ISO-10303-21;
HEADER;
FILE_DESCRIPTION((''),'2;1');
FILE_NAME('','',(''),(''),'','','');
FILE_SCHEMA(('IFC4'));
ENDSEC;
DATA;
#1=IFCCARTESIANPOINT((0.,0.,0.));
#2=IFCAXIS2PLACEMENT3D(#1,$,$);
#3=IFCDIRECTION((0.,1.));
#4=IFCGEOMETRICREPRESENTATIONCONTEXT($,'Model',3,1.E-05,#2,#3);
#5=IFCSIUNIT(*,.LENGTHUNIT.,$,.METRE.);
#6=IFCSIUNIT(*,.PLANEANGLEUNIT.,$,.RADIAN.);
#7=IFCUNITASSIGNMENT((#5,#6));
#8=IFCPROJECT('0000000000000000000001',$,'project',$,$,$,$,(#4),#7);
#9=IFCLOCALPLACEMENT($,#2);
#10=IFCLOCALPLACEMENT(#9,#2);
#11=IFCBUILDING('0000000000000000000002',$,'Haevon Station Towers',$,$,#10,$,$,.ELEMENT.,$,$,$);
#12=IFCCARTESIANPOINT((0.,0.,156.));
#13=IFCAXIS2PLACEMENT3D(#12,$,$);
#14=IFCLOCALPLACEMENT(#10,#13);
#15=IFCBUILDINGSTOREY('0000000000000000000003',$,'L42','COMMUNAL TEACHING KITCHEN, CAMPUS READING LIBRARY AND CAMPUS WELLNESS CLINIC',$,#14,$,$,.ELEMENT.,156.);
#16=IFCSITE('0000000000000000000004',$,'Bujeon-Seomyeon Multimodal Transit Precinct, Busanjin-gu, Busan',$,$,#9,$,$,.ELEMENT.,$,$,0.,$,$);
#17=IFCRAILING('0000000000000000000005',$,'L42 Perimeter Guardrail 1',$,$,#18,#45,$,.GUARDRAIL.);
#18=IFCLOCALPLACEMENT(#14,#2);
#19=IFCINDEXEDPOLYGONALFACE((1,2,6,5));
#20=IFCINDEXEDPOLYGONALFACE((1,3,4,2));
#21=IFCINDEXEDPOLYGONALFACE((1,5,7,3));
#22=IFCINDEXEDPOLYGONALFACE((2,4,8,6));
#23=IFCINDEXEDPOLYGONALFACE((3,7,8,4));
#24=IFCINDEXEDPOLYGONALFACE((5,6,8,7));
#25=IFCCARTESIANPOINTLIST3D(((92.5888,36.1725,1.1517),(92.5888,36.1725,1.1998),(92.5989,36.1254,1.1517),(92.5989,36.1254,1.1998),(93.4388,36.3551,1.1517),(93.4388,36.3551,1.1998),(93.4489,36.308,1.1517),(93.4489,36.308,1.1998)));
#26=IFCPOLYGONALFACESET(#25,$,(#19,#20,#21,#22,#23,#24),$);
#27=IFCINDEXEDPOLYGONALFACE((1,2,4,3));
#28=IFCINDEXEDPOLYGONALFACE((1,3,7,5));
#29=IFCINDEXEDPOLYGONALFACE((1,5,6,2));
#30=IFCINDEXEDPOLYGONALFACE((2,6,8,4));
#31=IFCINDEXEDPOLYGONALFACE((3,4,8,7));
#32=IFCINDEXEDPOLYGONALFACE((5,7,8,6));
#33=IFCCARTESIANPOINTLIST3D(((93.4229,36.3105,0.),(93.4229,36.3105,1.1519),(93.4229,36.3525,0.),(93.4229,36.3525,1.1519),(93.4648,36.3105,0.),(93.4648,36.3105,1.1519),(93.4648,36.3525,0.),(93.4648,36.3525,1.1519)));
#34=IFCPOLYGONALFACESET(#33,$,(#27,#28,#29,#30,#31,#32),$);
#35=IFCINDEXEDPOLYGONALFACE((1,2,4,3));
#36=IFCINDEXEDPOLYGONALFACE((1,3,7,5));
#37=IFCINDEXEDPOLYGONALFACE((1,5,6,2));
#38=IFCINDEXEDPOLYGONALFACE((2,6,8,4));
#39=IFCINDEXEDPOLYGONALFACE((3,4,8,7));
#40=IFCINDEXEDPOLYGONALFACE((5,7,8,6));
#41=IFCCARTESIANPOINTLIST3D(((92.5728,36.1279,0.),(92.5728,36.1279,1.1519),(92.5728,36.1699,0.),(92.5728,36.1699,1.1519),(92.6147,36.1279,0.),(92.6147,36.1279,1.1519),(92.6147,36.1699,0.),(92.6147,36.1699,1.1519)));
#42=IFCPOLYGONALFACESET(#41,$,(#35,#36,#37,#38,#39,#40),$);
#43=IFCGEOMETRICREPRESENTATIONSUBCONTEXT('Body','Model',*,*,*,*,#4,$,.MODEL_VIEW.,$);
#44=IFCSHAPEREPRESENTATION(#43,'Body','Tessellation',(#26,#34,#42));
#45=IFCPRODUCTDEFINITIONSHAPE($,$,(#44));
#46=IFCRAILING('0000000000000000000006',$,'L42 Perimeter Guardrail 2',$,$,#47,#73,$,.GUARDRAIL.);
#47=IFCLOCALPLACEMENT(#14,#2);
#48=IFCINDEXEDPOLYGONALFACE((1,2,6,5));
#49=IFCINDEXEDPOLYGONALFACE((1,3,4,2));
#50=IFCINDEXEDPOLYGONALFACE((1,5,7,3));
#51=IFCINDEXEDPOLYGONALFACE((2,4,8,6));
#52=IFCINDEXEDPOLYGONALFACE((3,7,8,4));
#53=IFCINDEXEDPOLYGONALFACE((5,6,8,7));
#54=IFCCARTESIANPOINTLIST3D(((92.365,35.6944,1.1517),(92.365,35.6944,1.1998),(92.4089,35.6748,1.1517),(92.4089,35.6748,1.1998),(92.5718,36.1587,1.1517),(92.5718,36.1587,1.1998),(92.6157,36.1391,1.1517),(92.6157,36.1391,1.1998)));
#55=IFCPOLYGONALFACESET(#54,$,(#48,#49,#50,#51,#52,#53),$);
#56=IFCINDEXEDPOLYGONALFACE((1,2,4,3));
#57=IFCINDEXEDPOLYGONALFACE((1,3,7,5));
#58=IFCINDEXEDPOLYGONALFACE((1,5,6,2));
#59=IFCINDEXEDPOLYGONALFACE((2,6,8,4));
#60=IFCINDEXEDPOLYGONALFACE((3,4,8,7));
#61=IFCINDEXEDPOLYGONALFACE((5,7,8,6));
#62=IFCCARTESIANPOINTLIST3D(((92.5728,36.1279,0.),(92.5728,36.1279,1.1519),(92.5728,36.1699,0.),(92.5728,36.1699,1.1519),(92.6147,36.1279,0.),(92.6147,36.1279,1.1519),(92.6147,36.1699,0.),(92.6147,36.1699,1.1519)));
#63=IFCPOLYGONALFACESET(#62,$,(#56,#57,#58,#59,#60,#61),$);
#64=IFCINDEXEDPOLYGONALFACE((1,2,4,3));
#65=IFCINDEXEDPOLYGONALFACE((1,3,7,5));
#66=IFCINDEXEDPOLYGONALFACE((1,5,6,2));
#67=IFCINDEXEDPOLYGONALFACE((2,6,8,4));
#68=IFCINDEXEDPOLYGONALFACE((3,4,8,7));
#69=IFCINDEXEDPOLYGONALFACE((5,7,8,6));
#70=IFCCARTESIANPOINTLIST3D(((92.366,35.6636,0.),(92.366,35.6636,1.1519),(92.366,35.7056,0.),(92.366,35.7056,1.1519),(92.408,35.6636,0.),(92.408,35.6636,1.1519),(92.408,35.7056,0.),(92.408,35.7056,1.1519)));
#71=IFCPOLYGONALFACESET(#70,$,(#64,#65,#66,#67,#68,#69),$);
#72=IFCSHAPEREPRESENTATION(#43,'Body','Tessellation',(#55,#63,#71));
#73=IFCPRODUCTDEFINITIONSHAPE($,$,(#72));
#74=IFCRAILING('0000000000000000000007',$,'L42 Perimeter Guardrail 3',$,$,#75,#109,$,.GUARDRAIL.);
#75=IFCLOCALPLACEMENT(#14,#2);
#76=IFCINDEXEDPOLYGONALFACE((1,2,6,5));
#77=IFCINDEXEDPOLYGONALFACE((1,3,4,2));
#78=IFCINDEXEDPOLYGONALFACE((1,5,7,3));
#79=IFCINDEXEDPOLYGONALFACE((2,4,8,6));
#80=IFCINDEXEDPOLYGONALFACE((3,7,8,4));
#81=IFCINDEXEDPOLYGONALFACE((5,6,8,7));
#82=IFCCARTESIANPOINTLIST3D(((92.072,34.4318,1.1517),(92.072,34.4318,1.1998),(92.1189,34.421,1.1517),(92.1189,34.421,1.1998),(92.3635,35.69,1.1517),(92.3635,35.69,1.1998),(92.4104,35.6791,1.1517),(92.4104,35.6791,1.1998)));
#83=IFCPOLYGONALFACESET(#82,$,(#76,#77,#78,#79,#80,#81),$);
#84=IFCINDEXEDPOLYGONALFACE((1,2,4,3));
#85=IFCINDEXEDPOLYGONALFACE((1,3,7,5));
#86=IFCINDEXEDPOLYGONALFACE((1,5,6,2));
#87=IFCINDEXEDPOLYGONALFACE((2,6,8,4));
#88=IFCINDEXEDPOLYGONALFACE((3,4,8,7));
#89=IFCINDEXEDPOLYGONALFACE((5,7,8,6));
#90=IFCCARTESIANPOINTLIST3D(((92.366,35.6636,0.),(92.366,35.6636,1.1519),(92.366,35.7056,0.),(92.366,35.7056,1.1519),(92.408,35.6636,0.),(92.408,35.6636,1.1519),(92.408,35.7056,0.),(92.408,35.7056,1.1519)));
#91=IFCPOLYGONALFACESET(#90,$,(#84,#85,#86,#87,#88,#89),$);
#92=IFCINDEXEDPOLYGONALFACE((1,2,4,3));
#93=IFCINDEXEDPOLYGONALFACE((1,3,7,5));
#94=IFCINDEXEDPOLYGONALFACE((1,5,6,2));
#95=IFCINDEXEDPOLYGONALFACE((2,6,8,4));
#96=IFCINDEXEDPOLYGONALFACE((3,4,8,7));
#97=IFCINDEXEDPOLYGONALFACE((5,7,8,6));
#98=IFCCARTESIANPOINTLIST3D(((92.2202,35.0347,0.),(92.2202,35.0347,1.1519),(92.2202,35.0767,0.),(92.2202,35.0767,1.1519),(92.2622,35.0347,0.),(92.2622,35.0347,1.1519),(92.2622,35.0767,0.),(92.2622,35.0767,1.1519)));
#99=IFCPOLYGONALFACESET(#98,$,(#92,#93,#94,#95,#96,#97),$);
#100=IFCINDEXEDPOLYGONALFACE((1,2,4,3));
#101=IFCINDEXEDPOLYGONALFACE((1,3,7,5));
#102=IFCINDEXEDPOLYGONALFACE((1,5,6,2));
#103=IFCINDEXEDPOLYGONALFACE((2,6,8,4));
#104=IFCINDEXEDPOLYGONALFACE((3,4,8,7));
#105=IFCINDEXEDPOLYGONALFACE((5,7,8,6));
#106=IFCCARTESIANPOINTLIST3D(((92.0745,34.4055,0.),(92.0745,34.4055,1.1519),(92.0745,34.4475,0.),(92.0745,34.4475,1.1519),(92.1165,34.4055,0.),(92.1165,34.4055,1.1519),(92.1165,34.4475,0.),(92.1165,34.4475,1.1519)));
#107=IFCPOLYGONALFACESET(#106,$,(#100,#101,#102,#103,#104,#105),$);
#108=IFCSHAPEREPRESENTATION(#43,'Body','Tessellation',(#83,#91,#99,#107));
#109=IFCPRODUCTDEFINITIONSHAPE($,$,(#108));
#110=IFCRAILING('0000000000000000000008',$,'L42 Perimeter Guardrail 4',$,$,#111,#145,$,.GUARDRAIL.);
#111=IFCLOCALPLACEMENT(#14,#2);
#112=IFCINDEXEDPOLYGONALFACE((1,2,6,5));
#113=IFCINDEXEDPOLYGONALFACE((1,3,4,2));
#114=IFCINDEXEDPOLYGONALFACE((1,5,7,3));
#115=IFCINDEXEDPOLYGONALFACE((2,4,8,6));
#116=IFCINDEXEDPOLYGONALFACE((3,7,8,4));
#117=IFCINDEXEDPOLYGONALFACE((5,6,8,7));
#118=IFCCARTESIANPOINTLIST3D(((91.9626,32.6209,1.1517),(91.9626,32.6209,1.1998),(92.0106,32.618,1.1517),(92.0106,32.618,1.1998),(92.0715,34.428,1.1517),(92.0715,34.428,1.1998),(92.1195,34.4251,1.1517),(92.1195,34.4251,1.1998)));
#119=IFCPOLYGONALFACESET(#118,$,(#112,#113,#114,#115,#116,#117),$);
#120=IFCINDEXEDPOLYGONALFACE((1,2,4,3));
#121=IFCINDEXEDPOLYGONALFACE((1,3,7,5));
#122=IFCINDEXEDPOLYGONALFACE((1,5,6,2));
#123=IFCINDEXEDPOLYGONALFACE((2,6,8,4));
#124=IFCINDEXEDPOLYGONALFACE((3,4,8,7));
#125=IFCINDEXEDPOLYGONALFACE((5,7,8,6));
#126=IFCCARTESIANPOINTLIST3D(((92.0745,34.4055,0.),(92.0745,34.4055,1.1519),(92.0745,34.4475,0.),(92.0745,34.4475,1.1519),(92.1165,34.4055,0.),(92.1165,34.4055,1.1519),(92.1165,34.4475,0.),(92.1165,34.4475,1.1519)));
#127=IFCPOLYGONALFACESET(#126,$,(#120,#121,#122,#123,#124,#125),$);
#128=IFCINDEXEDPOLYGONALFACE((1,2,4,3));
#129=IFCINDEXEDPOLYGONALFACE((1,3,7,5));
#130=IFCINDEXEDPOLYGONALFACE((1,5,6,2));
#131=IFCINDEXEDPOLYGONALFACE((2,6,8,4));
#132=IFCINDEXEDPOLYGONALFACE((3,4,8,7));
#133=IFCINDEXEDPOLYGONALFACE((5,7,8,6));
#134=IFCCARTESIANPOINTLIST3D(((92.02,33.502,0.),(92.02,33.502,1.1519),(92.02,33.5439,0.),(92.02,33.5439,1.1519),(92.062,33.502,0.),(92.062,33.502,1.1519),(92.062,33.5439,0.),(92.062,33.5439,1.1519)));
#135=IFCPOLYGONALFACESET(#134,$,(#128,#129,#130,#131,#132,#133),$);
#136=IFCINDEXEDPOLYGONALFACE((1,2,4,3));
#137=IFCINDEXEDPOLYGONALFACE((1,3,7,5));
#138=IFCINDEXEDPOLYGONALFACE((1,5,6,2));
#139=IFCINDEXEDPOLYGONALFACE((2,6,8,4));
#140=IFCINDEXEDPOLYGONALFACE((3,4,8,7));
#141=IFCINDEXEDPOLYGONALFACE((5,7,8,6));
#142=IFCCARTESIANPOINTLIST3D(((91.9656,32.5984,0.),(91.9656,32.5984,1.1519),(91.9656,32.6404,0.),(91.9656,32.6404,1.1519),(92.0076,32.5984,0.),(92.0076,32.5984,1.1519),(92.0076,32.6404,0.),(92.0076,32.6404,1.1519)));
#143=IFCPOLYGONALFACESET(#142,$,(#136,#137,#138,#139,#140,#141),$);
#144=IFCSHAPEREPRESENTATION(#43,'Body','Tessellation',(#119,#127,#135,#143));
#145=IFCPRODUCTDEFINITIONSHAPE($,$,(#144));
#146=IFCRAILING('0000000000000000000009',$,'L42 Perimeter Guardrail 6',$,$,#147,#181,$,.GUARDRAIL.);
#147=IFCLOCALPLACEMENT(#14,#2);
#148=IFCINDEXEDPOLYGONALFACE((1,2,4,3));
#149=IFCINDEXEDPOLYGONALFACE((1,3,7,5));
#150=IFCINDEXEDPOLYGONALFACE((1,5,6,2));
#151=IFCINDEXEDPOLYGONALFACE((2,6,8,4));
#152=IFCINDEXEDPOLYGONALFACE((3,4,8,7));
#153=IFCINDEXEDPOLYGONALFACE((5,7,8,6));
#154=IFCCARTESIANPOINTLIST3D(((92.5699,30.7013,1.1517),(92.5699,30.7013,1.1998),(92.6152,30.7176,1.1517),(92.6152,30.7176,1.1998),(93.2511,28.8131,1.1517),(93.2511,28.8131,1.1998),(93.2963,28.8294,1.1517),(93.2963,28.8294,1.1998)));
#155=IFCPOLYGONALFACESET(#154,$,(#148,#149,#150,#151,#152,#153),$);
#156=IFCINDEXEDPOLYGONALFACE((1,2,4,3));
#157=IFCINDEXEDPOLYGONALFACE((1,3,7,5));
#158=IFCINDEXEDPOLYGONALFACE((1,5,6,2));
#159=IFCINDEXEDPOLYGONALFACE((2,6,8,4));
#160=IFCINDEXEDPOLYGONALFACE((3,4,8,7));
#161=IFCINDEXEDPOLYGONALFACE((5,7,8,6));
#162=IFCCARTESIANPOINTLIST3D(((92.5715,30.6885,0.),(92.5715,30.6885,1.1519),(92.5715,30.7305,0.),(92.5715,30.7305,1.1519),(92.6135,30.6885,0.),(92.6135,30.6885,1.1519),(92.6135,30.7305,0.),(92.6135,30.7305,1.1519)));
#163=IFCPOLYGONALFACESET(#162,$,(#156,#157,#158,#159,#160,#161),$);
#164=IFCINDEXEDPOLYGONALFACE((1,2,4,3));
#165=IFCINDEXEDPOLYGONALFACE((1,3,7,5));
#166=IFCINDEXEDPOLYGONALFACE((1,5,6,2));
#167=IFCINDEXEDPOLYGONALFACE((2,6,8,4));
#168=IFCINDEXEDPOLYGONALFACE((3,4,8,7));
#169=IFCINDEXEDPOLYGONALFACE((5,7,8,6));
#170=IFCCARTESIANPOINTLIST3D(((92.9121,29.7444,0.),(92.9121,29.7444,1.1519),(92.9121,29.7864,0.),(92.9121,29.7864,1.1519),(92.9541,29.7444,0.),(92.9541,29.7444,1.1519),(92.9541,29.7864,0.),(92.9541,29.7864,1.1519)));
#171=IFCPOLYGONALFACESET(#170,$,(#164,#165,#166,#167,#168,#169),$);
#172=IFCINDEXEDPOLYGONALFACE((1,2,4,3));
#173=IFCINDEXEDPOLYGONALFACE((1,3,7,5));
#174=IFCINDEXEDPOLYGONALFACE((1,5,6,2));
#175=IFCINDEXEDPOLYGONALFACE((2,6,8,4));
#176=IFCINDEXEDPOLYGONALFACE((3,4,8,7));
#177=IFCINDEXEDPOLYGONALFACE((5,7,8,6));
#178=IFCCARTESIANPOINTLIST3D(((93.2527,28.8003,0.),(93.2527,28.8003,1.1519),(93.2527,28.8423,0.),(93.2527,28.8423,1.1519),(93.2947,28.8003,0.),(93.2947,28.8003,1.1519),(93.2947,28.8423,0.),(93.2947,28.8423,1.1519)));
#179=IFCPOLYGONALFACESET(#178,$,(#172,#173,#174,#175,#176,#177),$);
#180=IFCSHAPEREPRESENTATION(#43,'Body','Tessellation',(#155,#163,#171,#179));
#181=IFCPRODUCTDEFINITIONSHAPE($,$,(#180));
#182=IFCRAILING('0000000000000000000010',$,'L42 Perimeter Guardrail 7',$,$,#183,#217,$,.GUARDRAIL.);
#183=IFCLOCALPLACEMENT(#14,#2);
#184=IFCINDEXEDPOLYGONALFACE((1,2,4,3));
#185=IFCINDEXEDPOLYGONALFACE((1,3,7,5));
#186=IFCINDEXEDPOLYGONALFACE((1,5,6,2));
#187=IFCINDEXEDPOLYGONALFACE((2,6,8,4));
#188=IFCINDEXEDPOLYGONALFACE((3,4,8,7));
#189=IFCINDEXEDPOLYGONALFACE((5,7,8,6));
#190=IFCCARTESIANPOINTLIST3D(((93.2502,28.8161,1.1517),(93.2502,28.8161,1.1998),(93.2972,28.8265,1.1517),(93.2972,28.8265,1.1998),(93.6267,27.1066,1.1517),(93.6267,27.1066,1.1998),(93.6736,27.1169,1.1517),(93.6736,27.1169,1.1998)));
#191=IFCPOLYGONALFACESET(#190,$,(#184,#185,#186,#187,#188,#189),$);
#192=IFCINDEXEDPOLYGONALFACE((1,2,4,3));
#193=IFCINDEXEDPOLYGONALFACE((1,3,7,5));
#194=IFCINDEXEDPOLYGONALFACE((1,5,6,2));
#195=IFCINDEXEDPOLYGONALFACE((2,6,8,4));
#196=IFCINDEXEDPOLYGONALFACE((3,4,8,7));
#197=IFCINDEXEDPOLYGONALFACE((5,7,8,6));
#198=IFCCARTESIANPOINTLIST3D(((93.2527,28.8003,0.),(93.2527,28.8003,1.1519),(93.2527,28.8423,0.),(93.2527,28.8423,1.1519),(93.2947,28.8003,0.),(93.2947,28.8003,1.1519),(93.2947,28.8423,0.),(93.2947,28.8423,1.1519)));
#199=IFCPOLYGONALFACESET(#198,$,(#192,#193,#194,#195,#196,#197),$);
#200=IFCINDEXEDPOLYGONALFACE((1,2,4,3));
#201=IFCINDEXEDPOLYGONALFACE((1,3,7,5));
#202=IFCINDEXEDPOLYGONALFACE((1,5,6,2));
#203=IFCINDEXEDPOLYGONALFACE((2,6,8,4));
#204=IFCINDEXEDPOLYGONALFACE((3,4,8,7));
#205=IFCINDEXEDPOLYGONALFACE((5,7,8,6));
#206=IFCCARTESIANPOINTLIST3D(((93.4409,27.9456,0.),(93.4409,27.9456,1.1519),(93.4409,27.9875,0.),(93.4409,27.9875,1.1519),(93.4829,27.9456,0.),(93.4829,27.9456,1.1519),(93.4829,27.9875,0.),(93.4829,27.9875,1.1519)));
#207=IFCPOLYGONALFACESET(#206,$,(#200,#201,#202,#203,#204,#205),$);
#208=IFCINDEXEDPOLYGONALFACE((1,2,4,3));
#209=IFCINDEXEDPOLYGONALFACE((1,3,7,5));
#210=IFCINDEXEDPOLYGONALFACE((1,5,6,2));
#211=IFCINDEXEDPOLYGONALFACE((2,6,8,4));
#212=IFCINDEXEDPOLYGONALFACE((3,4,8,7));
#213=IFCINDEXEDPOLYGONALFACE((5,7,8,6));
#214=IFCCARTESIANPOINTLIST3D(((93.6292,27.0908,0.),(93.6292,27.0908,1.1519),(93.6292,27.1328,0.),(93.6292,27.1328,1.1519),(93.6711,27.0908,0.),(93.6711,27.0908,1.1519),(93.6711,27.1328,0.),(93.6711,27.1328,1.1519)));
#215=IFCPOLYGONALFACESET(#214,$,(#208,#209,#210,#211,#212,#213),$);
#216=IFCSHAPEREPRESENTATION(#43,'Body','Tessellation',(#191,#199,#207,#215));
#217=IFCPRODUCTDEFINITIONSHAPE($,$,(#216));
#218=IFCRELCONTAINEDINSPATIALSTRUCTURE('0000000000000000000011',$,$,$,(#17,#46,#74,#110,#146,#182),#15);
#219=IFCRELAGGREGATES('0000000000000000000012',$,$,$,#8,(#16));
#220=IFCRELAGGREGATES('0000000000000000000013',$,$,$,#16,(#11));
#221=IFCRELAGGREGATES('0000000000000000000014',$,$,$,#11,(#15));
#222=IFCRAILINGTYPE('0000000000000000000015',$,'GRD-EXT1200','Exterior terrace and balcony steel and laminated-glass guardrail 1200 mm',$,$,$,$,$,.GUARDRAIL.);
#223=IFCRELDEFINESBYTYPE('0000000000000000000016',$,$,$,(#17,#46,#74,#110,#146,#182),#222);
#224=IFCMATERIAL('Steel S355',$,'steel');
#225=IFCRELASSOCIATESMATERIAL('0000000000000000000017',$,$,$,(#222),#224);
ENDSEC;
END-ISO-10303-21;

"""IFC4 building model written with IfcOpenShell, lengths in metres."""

from ifc_helpers import new_model, si_unit, direction, frame, origin, origin_2d, place, context, subcontext, project, spatial, rectangle, extrude, material, type_object, element, save


model = new_model("IFC4")

# Units and contexts
model_context = context("Model", 3, precision=1e-05, world=origin(), true_north=direction((0.0, 1.0)))
body_context = subcontext(model_context, "Body", "Model", "MODEL_VIEW")
ifc_project = project(units=[si_unit("LENGTHUNIT", "METRE"), si_unit("PLANEANGLEUNIT", "RADIAN")], contexts=[model_context])

# Site, building, storey
site_placement = place(None, origin())
site = spatial("IfcSite", under=ifc_project, at=site_placement, Name="Bujeon-Seomyeon Multimodal Transit Precinct, Busanjin-gu, Busan", CompositionType="ELEMENT", RefElevation=0.0)
building_placement = place(site_placement, origin())
building = spatial("IfcBuilding", under=site, at=building_placement, Name="Haevon Station Towers", CompositionType="ELEMENT")
storey_placement = place(building_placement, frame((0.0, 0.0, 156.0)))
storey = spatial("IfcBuildingStorey", under=building, at=storey_placement, Name="L42", Description="COMMUNAL TEACHING KITCHEN, CAMPUS READING LIBRARY AND CAMPUS WELLNESS CLINIC", CompositionType="ELEMENT", Elevation=156.0)

# Shared definitions
ifc_material_1 = material(Name="Steel S355", Category="steel")

# Railings
railing_type = type_object("IfcRailingType", Name="GRD-EXT1200", Description="Exterior terrace and balcony steel and laminated-glass guardrail 1200 mm", PredefinedType="GUARDRAIL", material=ifc_material_1)
railing_1_placement = place(storey_placement, frame((93.4438, 36.3315, 0.0)))
element("IfcRailing", 1, at=railing_1_placement, inside=storey, type_object=railing_type, Name="L42 Perimeter Guardrail 1", PredefinedType="GUARDRAIL", context=body_context, shape_type="SweptSolid", body=[
    extrude(rectangle(XDim=0.0481, YDim=0.0481, at=origin_2d()), frame((0.0, 0.0, 1.1758), z_axis=(-0.977695, -0.210028, 0.0), x_axis=(0.210028, -0.977695, 0.0)), (0.0, 0.0, 1.0), 0.8694),
    extrude(rectangle(XDim=0.042, YDim=0.042, at=origin_2d()), origin(), (0.0, 0.0, 1.0), 1.1519),
    extrude(rectangle(XDim=0.042, YDim=0.042, at=origin_2d()), frame((-0.8501, -0.1826, 0.0)), (0.0, 0.0, 1.0), 1.1519),
])
railing_2_placement = place(storey_placement, frame((92.5938, 36.1489, 0.0)))
element("IfcRailing", 2, at=railing_2_placement, inside=storey, type_object=railing_type, Name="L42 Perimeter Guardrail 2", PredefinedType="GUARDRAIL", context=body_context, shape_type="SweptSolid", body=[
    extrude(rectangle(XDim=0.0481, YDim=0.0481, at=origin_2d()), frame((0.0, 0.0, 1.1758), z_axis=(-0.406807, -0.913514, 0.0), x_axis=(0.913514, -0.406807, 0.0)), (0.0, 0.0, 1.0), 0.5083),
    extrude(rectangle(XDim=0.042, YDim=0.042, at=origin_2d()), origin(), (0.0, 0.0, 1.0), 1.1519),
    extrude(rectangle(XDim=0.042, YDim=0.042, at=origin_2d()), frame((-0.2068, -0.4644, 0.0)), (0.0, 0.0, 1.0), 1.1519),
])
railing_3_placement = place(storey_placement, frame((92.387, 35.6846, 0.0)))
element("IfcRailing", 3, at=railing_3_placement, inside=storey, type_object=railing_type, Name="L42 Perimeter Guardrail 3", PredefinedType="GUARDRAIL", context=body_context, shape_type="SweptSolid", body=[
    extrude(rectangle(XDim=0.0481, YDim=0.0481, at=origin_2d()), frame((0.0, 0.0, 1.1758), z_axis=(-0.225729, -0.97419, 0.0), x_axis=(0.97419, -0.225729, 0.0)), (0.0, 0.0, 1.0), 1.2915),
    extrude(rectangle(XDim=0.042, YDim=0.042, at=origin_2d()), origin(), (0.0, 0.0, 1.0), 1.1519),
    extrude(rectangle(XDim=0.042, YDim=0.042, at=origin_2d()), frame((-0.1458, -0.6289, 0.0)), (0.0, 0.0, 1.0), 1.1519),
    extrude(rectangle(XDim=0.042, YDim=0.042, at=origin_2d()), frame((-0.2915, -1.2581, 0.0)), (0.0, 0.0, 1.0), 1.1519),
])
railing_4_placement = place(storey_placement, frame((92.0955, 34.4265, 0.0)))
element("IfcRailing", 4, at=railing_4_placement, inside=storey, type_object=railing_type, Name="L42 Perimeter Guardrail 4", PredefinedType="GUARDRAIL", context=body_context, shape_type="SweptSolid", body=[
    extrude(rectangle(XDim=0.0481, YDim=0.0481, at=origin_2d()), frame((0.0, 0.0, 1.1758), z_axis=(-0.060145, -0.99819, 0.0), x_axis=(0.99819, -0.060145, 0.0)), (0.0, 0.0, 1.0), 1.8103),
    extrude(rectangle(XDim=0.042, YDim=0.042, at=origin_2d()), origin(), (0.0, 0.0, 1.0), 1.1519),
    extrude(rectangle(XDim=0.042, YDim=0.042, at=origin_2d()), frame((-0.0544, -0.9036, 0.0)), (0.0, 0.0, 1.0), 1.1519),
    extrude(rectangle(XDim=0.042, YDim=0.042, at=origin_2d()), frame((-0.1089, -1.8071, 0.0)), (0.0, 0.0, 1.0), 1.1519),
])
railing_5_placement = place(storey_placement, frame((92.5925, 30.7095, 0.0)))
element("IfcRailing", 5, at=railing_5_placement, inside=storey, type_object=railing_type, Name="L42 Perimeter Guardrail 6", PredefinedType="GUARDRAIL", context=body_context, shape_type="SweptSolid", body=[
    extrude(rectangle(XDim=0.0481, YDim=0.0481, at=origin_2d()), frame((0.0, 0.0, 1.1758), z_axis=(0.33934, -0.940664, 0.0), x_axis=(0.940664, 0.33934, 0.0)), (0.0, 0.0, 1.0), 2.0073),
    extrude(rectangle(XDim=0.042, YDim=0.042, at=origin_2d()), origin(), (0.0, 0.0, 1.0), 1.1519),
    extrude(rectangle(XDim=0.042, YDim=0.042, at=origin_2d()), frame((0.3406, -0.9441, 0.0)), (0.0, 0.0, 1.0), 1.1519),
    extrude(rectangle(XDim=0.042, YDim=0.042, at=origin_2d()), frame((0.6812, -1.8882, 0.0)), (0.0, 0.0, 1.0), 1.1519),
])
railing_6_placement = place(storey_placement, frame((93.2737, 28.8213, 0.0)))
element("IfcRailing", 6, at=railing_6_placement, inside=storey, type_object=railing_type, Name="L42 Perimeter Guardrail 7", PredefinedType="GUARDRAIL", context=body_context, shape_type="SweptSolid", body=[
    extrude(rectangle(XDim=0.0481, YDim=0.0481, at=origin_2d()), frame((0.0, 0.0, 1.1758), z_axis=(0.215069, -0.976599, 0.0), x_axis=(0.976599, 0.215069, 0.0)), (0.0, 0.0, 1.0), 1.7505),
    extrude(rectangle(XDim=0.042, YDim=0.042, at=origin_2d()), origin(), (0.0, 0.0, 1.0), 1.1519),
    extrude(rectangle(XDim=0.042, YDim=0.042, at=origin_2d()), frame((0.1882, -0.8547, 0.0)), (0.0, 0.0, 1.0), 1.1519),
    extrude(rectangle(XDim=0.042, YDim=0.042, at=origin_2d()), frame((0.3765, -1.7095, 0.0)), (0.0, 0.0, 1.0), 1.1519),
])

save(model, "model.ifc")
